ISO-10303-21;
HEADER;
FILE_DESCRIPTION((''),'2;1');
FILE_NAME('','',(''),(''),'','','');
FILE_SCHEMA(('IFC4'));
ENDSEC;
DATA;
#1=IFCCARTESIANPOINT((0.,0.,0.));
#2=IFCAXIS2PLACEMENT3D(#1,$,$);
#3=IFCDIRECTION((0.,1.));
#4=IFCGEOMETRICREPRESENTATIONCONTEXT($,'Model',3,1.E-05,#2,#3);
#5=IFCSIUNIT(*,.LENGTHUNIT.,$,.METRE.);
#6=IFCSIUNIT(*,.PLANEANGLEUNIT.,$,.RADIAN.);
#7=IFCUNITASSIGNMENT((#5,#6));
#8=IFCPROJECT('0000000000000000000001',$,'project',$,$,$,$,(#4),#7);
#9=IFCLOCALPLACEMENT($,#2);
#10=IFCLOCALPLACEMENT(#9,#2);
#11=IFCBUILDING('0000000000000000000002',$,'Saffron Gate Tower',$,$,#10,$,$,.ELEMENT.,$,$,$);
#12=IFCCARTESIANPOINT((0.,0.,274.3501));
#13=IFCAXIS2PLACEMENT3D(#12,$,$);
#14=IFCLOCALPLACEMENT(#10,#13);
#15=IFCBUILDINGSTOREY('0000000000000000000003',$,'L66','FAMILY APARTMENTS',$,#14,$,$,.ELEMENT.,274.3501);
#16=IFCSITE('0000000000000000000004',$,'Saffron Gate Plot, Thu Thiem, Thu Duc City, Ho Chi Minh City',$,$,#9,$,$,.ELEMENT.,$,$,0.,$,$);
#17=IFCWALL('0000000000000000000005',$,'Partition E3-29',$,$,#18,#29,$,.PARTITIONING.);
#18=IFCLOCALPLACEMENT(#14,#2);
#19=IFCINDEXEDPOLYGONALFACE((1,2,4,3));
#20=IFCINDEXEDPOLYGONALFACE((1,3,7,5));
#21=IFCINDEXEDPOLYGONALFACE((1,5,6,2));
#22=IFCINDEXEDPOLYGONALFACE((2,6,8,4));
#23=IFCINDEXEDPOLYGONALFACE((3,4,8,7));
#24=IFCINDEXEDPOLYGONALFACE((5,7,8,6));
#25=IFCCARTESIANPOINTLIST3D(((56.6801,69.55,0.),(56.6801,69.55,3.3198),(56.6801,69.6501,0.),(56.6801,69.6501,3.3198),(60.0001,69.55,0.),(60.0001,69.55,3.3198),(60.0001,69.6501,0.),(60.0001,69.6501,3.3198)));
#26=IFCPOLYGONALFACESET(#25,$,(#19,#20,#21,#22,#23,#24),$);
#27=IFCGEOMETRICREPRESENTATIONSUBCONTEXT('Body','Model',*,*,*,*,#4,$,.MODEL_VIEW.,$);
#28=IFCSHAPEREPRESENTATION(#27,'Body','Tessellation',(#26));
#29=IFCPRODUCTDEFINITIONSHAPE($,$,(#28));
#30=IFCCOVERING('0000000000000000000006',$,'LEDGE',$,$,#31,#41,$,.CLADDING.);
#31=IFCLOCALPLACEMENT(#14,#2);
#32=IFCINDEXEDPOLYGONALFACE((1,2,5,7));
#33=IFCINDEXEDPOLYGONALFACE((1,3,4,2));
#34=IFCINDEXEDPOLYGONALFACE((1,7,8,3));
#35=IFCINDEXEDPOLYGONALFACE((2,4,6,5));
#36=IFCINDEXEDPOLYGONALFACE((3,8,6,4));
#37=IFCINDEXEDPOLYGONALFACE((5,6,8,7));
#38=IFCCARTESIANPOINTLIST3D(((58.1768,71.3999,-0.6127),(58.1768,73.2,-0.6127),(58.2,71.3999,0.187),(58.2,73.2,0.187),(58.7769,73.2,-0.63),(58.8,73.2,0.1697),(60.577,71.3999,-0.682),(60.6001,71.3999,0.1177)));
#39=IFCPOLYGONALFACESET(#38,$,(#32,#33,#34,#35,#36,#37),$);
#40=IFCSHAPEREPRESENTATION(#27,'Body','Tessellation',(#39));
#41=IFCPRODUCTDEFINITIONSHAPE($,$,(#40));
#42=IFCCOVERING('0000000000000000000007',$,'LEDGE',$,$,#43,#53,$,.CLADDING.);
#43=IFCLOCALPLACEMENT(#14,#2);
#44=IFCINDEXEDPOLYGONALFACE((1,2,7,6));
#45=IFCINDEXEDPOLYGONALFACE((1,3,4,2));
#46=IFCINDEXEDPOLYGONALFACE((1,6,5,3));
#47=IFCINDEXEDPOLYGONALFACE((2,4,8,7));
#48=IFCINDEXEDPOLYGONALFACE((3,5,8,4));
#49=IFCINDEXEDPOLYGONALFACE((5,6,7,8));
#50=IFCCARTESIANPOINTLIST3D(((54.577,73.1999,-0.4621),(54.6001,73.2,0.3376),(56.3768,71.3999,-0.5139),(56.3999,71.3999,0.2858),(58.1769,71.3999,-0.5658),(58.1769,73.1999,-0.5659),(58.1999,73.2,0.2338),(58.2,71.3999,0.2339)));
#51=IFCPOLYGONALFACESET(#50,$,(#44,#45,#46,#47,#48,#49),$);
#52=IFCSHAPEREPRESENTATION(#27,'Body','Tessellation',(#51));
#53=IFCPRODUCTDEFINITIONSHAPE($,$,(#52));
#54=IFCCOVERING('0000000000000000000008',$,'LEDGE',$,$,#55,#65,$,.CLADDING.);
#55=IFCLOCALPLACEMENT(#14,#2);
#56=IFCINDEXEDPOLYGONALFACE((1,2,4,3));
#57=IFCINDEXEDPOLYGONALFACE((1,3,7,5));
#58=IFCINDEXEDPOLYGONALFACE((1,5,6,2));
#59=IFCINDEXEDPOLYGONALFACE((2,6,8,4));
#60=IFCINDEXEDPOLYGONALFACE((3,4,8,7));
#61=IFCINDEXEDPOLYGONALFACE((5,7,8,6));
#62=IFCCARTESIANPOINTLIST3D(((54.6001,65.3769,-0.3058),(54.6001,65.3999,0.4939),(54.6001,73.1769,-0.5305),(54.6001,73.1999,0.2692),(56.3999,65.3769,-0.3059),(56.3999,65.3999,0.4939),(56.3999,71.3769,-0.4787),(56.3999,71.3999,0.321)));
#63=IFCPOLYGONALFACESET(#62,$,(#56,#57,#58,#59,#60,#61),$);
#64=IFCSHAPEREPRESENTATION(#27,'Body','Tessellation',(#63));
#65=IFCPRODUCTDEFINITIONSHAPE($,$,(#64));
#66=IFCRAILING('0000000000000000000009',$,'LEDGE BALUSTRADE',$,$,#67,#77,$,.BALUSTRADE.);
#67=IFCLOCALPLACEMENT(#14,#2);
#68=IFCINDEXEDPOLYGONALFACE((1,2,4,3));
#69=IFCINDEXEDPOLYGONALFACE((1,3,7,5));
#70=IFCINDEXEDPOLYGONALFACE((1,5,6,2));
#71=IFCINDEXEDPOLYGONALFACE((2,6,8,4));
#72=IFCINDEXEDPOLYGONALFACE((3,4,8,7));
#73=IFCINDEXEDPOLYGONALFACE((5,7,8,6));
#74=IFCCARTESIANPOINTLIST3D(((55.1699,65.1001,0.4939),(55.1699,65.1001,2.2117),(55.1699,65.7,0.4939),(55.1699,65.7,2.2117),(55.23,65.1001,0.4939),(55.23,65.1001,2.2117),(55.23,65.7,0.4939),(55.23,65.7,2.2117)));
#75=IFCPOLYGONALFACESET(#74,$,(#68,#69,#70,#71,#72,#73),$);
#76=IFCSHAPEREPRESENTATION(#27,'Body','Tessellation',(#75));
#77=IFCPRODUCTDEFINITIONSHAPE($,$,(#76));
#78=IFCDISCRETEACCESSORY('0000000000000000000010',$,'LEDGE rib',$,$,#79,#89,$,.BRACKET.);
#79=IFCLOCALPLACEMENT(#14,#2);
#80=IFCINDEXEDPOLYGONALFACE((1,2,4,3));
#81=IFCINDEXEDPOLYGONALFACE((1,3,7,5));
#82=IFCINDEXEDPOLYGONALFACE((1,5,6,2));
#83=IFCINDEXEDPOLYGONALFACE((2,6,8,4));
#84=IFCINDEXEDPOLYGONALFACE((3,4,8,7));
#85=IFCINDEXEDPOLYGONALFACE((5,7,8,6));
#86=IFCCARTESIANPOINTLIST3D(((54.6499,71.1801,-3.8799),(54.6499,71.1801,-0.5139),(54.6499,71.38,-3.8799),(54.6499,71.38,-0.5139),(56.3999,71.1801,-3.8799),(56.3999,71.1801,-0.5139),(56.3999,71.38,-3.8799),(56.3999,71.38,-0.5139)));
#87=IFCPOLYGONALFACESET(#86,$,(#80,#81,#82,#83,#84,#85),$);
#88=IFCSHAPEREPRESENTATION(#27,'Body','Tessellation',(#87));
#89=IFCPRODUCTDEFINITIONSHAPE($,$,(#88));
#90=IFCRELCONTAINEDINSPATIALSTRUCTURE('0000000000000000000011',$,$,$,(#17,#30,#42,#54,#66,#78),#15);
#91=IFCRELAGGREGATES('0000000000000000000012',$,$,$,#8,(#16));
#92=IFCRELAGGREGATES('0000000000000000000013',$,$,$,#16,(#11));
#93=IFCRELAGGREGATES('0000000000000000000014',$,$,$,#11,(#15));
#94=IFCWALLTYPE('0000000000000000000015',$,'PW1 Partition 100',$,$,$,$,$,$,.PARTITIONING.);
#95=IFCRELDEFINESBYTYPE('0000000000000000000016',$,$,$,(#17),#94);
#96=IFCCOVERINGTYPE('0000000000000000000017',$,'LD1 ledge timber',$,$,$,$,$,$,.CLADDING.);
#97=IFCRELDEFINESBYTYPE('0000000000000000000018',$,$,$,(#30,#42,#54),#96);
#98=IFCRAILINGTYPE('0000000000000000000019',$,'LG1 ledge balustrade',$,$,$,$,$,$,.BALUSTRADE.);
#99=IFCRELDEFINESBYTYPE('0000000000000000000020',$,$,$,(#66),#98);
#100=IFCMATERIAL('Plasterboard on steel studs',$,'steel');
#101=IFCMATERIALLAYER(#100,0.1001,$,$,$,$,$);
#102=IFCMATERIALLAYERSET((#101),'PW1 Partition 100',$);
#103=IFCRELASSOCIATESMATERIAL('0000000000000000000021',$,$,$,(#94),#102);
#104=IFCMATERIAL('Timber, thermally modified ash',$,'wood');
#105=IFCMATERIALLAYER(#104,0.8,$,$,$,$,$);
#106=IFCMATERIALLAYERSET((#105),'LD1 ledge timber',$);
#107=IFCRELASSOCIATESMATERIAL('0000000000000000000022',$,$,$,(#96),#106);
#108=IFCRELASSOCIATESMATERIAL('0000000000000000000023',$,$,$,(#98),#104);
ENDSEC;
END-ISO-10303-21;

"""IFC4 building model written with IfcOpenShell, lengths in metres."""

from ifc_helpers import new_model, si_unit, direction, frame, frame_2d, origin, origin_2d, place, context, subcontext, project, spatial, polyline, rectangle, outline, extrude, material, layer, layer_set, type_object, element, save


model = new_model("IFC4")

# Units and contexts
model_context = context("Model", 3, precision=1e-05, world=origin(), true_north=direction((0.0, 1.0)))
body_context = subcontext(model_context, "Body", "Model", "MODEL_VIEW")
ifc_project = project(units=[si_unit("LENGTHUNIT", "METRE"), si_unit("PLANEANGLEUNIT", "RADIAN")], contexts=[model_context])

# Site, building, storey
site_placement = place(None, origin())
site = spatial("IfcSite", under=ifc_project, at=site_placement, Name="Saffron Gate Plot, Thu Thiem, Thu Duc City, Ho Chi Minh City", CompositionType="ELEMENT", RefElevation=0.0)
building_placement = place(site_placement, origin())
building = spatial("IfcBuilding", under=site, at=building_placement, Name="Saffron Gate Tower", CompositionType="ELEMENT")
storey_placement = place(building_placement, frame((0.0, 0.0, 274.3501)))
storey = spatial("IfcBuildingStorey", under=building, at=storey_placement, Name="L66", Description="FAMILY APARTMENTS", CompositionType="ELEMENT", Elevation=274.3501)

# Wall
ifc_material_1 = material(Name="Plasterboard on steel studs", Category="steel")
ifc_layer_1 = layer(ifc_material_1, 0.1001)
ifc_layer_set_1 = layer_set([ifc_layer_1], Name="PW1 Partition 100")
wall_type = type_object("IfcWallType", Name="PW1 Partition 100", PredefinedType="PARTITIONING", material=ifc_layer_set_1)
wall_placement = place(storey_placement, frame((56.6799, 69.6001, 0.0), z_axis=(0.0, 0.0, 1.0), x_axis=(1.0, 0.0, 0.0)))
element("IfcWall", 1, at=wall_placement, inside=storey, type_object=wall_type, Name="Partition E3-29", PredefinedType="PARTITIONING", context=body_context, shape_type="SweptSolid", body=[
    extrude(rectangle(XDim=3.3201, YDim=0.1001, at=frame_2d((1.6602, 0.0))), origin(), (0.0, 0.0, 1.0), 3.3198),
])

# Coverings
ifc_material_2 = material(Name="Timber, thermally modified ash", Category="wood")
ifc_layer_2 = layer(ifc_material_2, 0.8)
ifc_layer_set_2 = layer_set([ifc_layer_2], Name="LD1 ledge timber")
covering_type = type_object("IfcCoveringType", Name="LD1 ledge timber", PredefinedType="CLADDING", material=ifc_layer_set_2)
covering_1_placement = place(storey_placement, frame((60.6001, 71.3999, 0.1177), z_axis=(0.028876, -0.000001, 0.999583), x_axis=(-0.999583, 0.0, 0.028876)))
element("IfcCovering", 2, at=covering_1_placement, inside=storey, type_object=covering_type, Name="LEDGE", PredefinedType="CLADDING", context=body_context, shape_type="SweptSolid", body=[
    extrude(outline(polyline([(0.0, 0.0), (2.4011, 0.0), (2.4011, -1.8), (1.8008, -1.8), (0.0, 0.0)])), origin(), (0.0, 0.0, -1.0), 0.8),
])
covering_2_placement = place(storey_placement, frame((58.2, 71.3999, 0.2339), z_axis=(0.028833, 0.000044, 0.999584), x_axis=(-0.999584, 0.0, 0.028833)))
element("IfcCovering", 3, at=covering_2_placement, inside=storey, type_object=covering_type, Name="LEDGE", PredefinedType="CLADDING", context=body_context, shape_type="SweptSolid", body=[
    extrude(outline(polyline([(0.0, 0.0), (1.8008, 0.0), (3.6013, -1.8), (0.0, -1.8), (0.0, 0.0)])), origin(), (0.0, 0.0, -1.0), 0.8),
])
covering_3_placement = place(storey_placement, frame((56.3999, 71.3999, 0.321), z_axis=(0.000024, 0.028789, 0.999585), x_axis=(0.0, -0.999585, 0.028789)))
element("IfcCovering", 4, at=covering_3_placement, inside=storey, type_object=covering_type, Name="LEDGE", PredefinedType="CLADDING", context=body_context, shape_type="SweptSolid", body=[
    extrude(outline(polyline([(0.0, 0.0), (6.0025, 0.0), (6.0025, -1.7998), (-1.8008, -1.7998), (0.0, 0.0)])), origin(), (0.0, 0.0, -1.0), 0.8),
])

# Railing
railing_type = type_object("IfcRailingType", Name="LG1 ledge balustrade", PredefinedType="BALUSTRADE", material=ifc_material_2)
railing_placement = place(storey_placement, frame((55.2, 65.7, 0.4939)))
element("IfcRailing", 5, at=railing_placement, inside=storey, type_object=railing_type, Name="LEDGE BALUSTRADE", PredefinedType="BALUSTRADE", context=body_context, shape_type="SweptSolid", body=[
    extrude(rectangle(XDim=0.0601, YDim=1.7178, at=origin_2d()), frame((0.0, 0.0, 0.8589), z_axis=(0.0, -1.0, 0.0), x_axis=(1.0, 0.0, 0.0)), (0.0, 0.0, 1.0), 0.5999),
])

# Discrete accessory
discrete_accessory_placement = place(storey_placement, frame((55.5249, 71.28, -3.8799), z_axis=(0.0, 0.0, 1.0), x_axis=(0.0, -1.0, 0.0)))
element("IfcDiscreteAccessory", 6, at=discrete_accessory_placement, inside=storey, Name="LEDGE rib", PredefinedType="BRACKET", context=body_context, shape_type="SweptSolid", body=[
    extrude(rectangle(XDim=0.2, YDim=1.75, at=origin_2d()), origin(), (0.0, 0.0, 1.0), 3.366),
])

save(model, "model.ifc")
